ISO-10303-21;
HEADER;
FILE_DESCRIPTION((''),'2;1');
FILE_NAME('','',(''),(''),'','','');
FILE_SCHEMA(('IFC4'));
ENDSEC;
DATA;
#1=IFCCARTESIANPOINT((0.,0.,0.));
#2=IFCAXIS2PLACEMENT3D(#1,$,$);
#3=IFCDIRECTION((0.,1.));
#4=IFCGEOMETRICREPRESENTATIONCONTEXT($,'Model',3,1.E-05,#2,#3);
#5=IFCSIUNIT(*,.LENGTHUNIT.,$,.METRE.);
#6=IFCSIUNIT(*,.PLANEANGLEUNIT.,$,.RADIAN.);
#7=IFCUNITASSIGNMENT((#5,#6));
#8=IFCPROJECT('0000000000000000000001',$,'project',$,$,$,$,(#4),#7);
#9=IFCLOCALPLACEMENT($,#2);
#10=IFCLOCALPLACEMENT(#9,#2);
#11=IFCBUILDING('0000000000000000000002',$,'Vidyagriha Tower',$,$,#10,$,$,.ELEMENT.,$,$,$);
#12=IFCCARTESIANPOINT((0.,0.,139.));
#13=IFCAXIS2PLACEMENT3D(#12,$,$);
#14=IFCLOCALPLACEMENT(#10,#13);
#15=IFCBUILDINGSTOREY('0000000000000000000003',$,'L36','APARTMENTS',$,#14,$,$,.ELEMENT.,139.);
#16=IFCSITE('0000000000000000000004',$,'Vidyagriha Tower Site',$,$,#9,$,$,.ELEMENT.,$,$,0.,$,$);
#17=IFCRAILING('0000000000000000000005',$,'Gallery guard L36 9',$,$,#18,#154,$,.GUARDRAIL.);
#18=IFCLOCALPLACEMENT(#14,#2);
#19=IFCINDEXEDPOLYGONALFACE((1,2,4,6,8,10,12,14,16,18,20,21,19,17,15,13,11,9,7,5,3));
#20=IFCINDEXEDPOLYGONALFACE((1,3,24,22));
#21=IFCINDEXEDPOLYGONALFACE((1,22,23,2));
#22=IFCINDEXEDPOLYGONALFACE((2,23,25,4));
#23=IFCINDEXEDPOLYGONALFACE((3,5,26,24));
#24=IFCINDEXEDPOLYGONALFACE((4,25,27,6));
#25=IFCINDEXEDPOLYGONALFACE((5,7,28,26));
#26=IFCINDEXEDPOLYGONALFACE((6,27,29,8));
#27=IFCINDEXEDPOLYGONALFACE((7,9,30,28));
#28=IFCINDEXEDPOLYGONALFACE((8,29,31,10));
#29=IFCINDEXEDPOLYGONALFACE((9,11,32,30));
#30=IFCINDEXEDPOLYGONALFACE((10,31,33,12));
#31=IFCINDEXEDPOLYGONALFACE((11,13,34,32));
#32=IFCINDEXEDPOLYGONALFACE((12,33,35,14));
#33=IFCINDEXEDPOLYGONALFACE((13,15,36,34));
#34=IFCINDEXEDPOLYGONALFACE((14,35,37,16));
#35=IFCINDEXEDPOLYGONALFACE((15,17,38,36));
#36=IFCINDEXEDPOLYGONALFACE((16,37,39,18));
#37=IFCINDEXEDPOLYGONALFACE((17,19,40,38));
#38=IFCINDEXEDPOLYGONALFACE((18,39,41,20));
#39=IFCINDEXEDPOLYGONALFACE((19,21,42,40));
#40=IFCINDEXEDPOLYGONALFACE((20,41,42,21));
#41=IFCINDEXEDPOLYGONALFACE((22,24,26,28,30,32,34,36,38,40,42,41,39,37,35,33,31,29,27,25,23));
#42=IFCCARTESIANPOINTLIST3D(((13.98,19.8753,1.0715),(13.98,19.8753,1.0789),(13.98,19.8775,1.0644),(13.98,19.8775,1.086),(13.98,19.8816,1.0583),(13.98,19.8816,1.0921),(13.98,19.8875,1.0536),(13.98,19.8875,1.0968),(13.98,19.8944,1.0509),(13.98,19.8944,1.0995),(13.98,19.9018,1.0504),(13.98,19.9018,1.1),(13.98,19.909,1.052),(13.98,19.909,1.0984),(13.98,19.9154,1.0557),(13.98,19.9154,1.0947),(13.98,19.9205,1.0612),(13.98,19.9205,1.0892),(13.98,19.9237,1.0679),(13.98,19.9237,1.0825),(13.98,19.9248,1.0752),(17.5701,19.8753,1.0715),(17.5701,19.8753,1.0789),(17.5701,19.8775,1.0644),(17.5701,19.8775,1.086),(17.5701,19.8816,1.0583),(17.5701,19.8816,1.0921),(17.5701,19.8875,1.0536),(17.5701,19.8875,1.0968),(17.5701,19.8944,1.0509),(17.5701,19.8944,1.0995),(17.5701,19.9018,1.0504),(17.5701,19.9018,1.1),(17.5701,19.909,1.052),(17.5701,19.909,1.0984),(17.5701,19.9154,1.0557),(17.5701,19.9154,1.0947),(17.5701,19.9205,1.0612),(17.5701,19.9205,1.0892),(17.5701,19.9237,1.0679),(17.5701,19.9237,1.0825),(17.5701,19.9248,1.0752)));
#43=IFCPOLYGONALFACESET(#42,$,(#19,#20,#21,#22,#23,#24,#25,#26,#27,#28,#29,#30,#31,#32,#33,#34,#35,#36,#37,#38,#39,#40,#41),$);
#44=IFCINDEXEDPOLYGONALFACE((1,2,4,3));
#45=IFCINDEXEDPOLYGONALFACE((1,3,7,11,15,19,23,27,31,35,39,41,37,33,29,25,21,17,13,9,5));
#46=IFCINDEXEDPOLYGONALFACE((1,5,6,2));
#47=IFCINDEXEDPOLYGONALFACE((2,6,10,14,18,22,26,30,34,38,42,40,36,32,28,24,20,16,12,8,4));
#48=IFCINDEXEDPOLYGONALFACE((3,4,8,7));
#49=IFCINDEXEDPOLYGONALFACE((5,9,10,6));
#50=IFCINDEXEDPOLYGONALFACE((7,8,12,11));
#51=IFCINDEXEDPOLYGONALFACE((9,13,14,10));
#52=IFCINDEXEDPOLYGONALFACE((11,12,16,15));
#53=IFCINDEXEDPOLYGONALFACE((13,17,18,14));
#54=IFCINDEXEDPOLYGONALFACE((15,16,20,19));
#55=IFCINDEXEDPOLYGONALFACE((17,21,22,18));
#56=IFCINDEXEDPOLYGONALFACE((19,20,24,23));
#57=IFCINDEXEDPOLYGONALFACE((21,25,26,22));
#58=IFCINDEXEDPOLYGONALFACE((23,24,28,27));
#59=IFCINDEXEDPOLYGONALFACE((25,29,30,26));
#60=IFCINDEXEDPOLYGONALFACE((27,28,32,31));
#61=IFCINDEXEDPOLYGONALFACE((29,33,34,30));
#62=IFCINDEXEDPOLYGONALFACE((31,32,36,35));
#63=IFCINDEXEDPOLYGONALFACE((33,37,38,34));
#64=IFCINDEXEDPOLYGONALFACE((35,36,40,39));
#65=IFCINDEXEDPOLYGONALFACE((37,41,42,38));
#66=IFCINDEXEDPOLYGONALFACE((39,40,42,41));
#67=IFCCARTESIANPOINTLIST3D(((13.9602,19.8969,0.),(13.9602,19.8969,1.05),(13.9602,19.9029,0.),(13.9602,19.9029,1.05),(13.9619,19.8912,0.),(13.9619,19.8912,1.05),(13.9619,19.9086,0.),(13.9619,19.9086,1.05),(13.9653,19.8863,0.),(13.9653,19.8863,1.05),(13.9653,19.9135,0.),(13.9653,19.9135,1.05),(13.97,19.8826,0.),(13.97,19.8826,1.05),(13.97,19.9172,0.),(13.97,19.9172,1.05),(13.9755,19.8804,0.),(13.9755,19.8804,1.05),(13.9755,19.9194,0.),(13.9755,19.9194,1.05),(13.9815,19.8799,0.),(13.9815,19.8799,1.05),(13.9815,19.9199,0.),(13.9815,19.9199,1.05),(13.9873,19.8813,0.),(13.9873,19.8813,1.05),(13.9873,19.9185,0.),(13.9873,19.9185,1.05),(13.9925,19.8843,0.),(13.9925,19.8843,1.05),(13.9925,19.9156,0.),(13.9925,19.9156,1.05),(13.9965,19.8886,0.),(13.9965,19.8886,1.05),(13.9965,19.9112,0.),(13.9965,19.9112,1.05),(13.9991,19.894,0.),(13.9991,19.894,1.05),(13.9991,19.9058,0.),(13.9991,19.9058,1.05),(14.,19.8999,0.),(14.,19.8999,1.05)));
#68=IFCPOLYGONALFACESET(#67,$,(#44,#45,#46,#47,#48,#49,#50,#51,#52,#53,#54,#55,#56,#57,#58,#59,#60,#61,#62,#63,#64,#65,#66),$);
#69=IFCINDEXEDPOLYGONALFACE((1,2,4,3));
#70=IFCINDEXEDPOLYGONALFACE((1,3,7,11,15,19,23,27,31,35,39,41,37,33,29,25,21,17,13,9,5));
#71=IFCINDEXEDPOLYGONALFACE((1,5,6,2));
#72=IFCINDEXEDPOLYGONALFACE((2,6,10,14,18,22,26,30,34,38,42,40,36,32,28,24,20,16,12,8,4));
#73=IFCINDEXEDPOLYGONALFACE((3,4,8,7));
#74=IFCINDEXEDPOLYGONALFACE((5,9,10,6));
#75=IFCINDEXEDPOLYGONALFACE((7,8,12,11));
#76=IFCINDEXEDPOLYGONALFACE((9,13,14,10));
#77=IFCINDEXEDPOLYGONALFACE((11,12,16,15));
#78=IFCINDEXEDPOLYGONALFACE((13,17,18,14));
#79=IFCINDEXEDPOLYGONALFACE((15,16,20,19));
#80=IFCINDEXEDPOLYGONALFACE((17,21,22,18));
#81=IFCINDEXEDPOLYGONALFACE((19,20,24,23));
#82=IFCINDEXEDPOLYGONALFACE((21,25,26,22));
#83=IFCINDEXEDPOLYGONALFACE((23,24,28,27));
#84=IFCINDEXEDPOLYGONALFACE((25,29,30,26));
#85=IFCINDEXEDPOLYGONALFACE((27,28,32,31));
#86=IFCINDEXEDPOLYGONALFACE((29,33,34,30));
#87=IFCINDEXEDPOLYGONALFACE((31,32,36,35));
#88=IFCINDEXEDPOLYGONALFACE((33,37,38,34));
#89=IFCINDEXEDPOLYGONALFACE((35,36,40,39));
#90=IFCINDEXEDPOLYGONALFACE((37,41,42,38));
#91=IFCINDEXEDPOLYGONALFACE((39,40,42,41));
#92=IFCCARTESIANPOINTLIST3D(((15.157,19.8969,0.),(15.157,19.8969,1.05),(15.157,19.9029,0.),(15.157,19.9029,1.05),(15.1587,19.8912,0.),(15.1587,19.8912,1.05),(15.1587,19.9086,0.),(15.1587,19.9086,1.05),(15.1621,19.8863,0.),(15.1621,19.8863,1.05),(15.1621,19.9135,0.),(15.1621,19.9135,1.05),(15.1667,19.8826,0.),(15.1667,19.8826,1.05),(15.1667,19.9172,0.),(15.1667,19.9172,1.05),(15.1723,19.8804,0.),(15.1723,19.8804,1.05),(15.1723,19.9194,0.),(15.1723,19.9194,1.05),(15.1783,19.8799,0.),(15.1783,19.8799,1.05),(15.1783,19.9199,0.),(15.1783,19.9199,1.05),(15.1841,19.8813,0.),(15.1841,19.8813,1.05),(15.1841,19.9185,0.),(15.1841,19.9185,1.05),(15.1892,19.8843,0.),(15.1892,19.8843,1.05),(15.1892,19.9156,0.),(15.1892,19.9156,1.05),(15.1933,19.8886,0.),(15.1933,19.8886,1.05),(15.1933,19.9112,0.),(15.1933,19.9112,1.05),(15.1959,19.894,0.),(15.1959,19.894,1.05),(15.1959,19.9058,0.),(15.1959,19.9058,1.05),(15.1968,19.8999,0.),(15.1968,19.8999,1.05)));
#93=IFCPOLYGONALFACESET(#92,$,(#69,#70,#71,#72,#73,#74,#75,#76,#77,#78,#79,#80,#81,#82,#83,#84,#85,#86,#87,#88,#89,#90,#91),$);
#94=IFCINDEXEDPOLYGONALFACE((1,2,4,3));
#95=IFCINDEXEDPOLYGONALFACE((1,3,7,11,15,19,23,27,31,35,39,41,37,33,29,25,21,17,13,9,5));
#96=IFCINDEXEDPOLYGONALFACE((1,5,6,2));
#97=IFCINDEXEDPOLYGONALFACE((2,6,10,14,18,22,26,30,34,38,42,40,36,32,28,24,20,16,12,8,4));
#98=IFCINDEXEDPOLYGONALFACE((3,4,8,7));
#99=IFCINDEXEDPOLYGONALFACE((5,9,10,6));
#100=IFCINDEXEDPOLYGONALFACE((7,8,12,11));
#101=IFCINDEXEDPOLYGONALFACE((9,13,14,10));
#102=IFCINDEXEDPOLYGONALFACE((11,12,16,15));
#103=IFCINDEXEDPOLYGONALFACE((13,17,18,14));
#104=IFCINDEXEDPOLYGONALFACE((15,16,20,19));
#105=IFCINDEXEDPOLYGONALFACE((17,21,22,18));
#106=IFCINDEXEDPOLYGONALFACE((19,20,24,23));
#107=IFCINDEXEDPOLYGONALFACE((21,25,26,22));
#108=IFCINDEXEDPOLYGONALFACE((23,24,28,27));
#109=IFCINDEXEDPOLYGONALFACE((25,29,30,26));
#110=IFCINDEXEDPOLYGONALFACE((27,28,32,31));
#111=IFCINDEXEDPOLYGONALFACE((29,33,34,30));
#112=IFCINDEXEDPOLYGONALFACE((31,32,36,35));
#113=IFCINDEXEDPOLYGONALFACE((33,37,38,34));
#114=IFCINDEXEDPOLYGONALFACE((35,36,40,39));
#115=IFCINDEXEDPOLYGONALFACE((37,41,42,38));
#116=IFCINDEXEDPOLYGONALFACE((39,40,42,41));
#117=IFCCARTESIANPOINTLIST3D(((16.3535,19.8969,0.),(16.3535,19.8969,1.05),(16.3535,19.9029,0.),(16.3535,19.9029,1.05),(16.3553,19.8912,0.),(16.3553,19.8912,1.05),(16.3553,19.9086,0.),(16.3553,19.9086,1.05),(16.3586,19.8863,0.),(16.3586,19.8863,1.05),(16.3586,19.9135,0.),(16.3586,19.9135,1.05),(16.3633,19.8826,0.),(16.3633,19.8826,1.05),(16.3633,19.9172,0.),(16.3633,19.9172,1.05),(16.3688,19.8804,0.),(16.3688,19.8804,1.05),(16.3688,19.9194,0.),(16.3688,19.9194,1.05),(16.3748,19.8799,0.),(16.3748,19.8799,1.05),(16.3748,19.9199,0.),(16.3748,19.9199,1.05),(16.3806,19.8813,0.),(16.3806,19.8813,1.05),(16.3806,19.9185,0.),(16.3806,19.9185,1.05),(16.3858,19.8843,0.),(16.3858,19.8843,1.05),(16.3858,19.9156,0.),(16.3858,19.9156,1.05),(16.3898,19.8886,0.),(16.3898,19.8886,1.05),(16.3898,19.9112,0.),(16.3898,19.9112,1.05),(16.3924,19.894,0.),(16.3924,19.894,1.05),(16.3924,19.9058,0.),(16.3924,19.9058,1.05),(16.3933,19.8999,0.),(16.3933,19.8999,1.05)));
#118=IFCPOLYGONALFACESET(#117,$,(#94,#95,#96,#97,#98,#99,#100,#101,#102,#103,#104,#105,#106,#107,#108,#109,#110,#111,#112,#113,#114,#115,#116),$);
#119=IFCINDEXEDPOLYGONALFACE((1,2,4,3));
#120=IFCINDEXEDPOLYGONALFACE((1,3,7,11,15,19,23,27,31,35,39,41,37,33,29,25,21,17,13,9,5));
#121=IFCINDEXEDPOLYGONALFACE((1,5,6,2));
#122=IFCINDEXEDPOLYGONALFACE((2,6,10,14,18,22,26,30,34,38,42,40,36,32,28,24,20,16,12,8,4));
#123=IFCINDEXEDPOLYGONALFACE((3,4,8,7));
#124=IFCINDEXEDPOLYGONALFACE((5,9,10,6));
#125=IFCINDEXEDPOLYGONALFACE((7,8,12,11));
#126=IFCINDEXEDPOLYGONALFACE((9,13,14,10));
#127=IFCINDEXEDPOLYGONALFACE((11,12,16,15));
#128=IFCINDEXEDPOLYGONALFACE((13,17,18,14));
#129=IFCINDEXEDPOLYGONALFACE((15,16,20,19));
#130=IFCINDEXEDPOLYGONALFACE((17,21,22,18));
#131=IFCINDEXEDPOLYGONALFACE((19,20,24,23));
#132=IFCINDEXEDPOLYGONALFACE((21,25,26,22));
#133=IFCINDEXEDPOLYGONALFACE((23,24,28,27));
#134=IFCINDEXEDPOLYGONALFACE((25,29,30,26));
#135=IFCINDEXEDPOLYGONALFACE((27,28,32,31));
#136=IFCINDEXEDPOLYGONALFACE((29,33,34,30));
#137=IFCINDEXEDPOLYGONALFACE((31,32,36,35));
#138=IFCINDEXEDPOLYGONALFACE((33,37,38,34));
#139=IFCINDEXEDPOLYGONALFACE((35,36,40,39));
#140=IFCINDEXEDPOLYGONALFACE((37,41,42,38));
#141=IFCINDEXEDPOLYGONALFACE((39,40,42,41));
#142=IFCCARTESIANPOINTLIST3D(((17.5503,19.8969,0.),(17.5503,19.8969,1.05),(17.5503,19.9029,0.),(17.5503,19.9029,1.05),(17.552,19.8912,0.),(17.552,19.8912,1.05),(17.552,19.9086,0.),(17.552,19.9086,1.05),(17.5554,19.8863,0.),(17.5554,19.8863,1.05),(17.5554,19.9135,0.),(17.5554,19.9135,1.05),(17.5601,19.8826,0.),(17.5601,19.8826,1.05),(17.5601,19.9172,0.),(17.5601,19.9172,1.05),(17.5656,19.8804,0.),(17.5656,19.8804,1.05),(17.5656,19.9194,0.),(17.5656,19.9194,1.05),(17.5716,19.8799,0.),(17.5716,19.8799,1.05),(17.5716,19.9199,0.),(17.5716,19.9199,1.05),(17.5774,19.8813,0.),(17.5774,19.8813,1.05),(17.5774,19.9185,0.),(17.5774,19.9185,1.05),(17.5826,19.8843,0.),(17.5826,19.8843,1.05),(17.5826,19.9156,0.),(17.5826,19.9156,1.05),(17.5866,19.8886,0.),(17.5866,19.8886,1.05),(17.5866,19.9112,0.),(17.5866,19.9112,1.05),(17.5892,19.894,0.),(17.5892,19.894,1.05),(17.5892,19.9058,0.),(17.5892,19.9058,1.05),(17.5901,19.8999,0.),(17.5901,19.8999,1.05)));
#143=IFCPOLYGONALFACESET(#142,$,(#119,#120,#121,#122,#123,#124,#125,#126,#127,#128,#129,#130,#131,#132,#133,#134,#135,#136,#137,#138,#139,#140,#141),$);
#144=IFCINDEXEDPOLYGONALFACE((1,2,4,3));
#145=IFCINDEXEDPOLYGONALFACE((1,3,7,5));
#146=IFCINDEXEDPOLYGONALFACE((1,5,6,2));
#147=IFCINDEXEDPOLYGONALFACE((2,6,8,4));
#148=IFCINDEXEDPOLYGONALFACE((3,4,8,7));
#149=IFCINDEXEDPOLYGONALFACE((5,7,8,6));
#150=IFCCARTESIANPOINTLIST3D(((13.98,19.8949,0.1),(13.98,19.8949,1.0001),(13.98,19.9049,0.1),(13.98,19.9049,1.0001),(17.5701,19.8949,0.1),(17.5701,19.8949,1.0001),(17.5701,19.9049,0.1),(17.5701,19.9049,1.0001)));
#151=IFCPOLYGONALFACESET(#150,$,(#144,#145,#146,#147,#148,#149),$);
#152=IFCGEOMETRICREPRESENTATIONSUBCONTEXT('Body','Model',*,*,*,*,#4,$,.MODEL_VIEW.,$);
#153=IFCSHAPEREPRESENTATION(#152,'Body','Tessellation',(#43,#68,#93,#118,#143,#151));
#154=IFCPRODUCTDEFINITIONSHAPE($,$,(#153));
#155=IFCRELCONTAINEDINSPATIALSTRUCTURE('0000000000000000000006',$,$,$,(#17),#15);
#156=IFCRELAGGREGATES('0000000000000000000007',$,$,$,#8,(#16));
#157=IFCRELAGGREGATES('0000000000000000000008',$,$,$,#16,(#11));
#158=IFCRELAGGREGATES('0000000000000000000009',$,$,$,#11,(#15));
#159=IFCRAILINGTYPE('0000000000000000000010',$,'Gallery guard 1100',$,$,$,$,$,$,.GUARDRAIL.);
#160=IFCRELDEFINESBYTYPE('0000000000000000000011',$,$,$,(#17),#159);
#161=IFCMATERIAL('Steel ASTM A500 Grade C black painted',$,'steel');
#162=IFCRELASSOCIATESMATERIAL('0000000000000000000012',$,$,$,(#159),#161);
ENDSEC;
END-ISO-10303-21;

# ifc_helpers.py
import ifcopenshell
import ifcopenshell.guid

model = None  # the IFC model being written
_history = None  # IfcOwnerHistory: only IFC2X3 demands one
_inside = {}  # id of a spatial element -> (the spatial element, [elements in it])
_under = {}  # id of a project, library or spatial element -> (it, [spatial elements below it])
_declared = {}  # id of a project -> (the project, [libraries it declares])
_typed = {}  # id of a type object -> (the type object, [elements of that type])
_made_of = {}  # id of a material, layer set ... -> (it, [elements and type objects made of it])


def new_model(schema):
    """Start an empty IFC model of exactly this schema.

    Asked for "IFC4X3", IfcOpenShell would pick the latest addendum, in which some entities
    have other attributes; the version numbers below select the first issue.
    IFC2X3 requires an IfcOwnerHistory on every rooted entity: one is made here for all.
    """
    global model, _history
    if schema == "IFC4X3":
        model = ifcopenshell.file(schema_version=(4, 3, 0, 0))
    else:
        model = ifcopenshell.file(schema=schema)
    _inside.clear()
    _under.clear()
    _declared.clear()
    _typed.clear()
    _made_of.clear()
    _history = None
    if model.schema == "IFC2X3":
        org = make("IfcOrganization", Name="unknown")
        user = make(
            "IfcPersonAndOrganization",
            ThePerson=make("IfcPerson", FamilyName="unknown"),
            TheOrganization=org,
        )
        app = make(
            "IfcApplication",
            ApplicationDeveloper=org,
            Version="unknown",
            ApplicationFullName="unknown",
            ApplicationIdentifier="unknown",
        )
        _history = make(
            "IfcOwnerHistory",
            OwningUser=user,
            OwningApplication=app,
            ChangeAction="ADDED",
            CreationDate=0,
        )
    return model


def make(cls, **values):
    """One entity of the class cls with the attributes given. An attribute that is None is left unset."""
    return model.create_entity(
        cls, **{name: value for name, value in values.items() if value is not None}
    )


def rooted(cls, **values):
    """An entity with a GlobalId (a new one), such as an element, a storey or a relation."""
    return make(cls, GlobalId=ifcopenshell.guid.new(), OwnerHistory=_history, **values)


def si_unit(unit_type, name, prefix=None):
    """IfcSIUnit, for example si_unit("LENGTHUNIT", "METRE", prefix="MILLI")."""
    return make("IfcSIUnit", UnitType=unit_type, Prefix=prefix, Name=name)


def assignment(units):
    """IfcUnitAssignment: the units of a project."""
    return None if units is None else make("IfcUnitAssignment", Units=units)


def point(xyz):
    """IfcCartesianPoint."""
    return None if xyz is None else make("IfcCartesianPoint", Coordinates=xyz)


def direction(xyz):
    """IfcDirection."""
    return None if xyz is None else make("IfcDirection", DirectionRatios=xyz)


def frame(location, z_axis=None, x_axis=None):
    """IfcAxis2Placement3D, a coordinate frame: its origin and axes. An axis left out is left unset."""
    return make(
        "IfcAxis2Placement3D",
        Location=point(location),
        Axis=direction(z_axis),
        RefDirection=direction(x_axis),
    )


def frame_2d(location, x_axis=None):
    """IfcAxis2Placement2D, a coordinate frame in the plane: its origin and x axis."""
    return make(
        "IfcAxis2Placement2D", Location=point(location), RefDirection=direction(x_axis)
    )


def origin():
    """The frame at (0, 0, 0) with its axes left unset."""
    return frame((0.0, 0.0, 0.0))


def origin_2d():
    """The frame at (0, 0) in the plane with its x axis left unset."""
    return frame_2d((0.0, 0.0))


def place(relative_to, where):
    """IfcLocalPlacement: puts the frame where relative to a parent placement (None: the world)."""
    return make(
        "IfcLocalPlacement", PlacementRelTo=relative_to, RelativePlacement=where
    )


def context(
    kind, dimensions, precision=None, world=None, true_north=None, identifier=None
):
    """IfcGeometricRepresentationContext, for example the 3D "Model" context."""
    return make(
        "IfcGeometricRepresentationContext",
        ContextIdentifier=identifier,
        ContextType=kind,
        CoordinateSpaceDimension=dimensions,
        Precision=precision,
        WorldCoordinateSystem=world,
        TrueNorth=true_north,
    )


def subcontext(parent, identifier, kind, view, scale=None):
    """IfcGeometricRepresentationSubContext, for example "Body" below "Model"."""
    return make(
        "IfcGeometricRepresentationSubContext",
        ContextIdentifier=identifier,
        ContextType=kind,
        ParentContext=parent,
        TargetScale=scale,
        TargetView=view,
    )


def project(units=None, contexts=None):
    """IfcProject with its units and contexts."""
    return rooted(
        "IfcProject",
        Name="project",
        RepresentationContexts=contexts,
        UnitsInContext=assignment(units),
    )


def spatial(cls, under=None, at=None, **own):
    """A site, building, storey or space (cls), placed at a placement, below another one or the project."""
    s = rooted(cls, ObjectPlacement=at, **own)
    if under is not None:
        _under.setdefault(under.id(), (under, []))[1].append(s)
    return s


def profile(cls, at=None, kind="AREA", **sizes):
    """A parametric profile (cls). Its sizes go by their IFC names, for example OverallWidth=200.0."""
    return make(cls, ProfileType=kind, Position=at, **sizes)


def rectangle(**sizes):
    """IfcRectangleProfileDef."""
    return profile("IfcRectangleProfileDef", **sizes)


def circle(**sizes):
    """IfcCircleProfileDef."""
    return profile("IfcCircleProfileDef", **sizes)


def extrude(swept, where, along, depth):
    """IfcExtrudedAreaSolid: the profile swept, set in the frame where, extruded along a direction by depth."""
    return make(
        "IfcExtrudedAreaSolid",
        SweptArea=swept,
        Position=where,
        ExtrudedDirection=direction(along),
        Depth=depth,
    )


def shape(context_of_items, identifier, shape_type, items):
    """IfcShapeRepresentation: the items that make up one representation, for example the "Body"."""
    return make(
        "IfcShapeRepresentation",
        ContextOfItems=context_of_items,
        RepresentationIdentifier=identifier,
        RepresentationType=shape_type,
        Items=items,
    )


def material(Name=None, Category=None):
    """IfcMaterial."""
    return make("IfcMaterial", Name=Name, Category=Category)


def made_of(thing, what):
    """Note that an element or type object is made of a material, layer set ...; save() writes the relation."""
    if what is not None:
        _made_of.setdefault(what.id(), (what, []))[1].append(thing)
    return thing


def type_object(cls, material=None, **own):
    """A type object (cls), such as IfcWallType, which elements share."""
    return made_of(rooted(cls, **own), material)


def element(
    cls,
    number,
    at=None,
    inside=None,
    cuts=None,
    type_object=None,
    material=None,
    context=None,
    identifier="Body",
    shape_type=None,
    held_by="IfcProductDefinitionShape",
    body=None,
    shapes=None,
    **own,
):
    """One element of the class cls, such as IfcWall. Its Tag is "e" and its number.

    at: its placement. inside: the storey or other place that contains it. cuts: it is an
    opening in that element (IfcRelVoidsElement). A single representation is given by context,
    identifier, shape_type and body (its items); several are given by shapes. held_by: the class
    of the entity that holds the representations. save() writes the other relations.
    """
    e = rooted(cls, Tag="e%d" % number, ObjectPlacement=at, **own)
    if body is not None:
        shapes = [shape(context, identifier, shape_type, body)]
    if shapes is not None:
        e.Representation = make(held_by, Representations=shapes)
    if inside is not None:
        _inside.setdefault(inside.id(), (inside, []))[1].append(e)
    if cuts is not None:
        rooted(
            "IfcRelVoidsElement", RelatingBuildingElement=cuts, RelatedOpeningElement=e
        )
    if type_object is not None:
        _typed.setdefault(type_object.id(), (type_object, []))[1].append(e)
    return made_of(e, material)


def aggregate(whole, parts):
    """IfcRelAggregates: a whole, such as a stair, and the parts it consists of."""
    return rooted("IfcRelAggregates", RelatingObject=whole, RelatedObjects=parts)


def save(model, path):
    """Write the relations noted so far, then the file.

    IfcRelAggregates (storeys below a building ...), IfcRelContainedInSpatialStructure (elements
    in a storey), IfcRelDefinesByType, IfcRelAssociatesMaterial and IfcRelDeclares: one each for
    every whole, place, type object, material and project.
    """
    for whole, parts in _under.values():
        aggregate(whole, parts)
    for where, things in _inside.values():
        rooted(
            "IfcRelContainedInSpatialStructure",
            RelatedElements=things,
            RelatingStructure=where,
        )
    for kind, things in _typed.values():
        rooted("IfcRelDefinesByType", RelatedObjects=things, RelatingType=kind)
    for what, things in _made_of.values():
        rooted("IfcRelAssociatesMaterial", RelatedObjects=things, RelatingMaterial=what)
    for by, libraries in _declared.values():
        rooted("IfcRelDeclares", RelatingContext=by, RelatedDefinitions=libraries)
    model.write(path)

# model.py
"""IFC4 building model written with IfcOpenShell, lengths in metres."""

from ifc_helpers import new_model, si_unit, direction, frame, origin, origin_2d, place, context, subcontext, project, spatial, rectangle, circle, extrude, material, type_object, element, save


model = new_model("IFC4")

# Units and contexts
model_context = context("Model", 3, precision=1e-05, world=origin(), true_north=direction((0.0, 1.0)))
body_context = subcontext(model_context, "Body", "Model", "MODEL_VIEW")
ifc_project = project(units=[si_unit("LENGTHUNIT", "METRE"), si_unit("PLANEANGLEUNIT", "RADIAN")], contexts=[model_context])

# Site, building, storey
site_placement = place(None, origin())
site = spatial("IfcSite", under=ifc_project, at=site_placement, Name="Vidyagriha Tower Site", CompositionType="ELEMENT", RefElevation=0.0)
building_placement = place(site_placement, origin())
building = spatial("IfcBuilding", under=site, at=building_placement, Name="Vidyagriha Tower", CompositionType="ELEMENT")
storey_placement = place(building_placement, frame((0.0, 0.0, 139.0)))
storey = spatial("IfcBuildingStorey", under=building, at=storey_placement, Name="L36", Description="APARTMENTS", CompositionType="ELEMENT", Elevation=139.0)

# Railing
ifc_material_1 = material(Name="Steel ASTM A500 Grade C black painted", Category="steel")
railing_type_1 = type_object("IfcRailingType", Name="Gallery guard 1100", PredefinedType="GUARDRAIL", material=ifc_material_1)
railing_1_placement = place(storey_placement, frame((13.98, 19.8999, 0.0)))
element("IfcRailing", 1, at=railing_1_placement, inside=storey, type_object=railing_type_1, Name="Gallery guard L36 9", PredefinedType="GUARDRAIL", context=body_context, shape_type="SweptSolid", body=[
    extrude(circle(Radius=0.0249, at=origin_2d()), frame((0.0, 0.0, 1.0752), z_axis=(1.0, 0.0, 0.0), x_axis=(0.0, 1.0, 0.0)), (0.0, 0.0, 1.0), 3.5901),
    extrude(circle(Radius=0.02, at=origin_2d()), origin(), (0.0, 0.0, 1.0), 1.05),
    extrude(circle(Radius=0.02, at=origin_2d()), frame((1.1968, 0.0, 0.0)), (0.0, 0.0, 1.0), 1.05),
    extrude(circle(Radius=0.02, at=origin_2d()), frame((2.3933, 0.0, 0.0)), (0.0, 0.0, 1.0), 1.05),
    extrude(circle(Radius=0.02, at=origin_2d()), frame((3.5901, 0.0, 0.0)), (0.0, 0.0, 1.0), 1.05),
    extrude(rectangle(XDim=0.01, YDim=0.9001, at=origin_2d()), frame((0.0, 0.0, 0.55), z_axis=(1.0, 0.0, 0.0), x_axis=(0.0, 1.0, 0.0)), (0.0, 0.0, 1.0), 3.5901),
])

save(model, "model.ifc")
